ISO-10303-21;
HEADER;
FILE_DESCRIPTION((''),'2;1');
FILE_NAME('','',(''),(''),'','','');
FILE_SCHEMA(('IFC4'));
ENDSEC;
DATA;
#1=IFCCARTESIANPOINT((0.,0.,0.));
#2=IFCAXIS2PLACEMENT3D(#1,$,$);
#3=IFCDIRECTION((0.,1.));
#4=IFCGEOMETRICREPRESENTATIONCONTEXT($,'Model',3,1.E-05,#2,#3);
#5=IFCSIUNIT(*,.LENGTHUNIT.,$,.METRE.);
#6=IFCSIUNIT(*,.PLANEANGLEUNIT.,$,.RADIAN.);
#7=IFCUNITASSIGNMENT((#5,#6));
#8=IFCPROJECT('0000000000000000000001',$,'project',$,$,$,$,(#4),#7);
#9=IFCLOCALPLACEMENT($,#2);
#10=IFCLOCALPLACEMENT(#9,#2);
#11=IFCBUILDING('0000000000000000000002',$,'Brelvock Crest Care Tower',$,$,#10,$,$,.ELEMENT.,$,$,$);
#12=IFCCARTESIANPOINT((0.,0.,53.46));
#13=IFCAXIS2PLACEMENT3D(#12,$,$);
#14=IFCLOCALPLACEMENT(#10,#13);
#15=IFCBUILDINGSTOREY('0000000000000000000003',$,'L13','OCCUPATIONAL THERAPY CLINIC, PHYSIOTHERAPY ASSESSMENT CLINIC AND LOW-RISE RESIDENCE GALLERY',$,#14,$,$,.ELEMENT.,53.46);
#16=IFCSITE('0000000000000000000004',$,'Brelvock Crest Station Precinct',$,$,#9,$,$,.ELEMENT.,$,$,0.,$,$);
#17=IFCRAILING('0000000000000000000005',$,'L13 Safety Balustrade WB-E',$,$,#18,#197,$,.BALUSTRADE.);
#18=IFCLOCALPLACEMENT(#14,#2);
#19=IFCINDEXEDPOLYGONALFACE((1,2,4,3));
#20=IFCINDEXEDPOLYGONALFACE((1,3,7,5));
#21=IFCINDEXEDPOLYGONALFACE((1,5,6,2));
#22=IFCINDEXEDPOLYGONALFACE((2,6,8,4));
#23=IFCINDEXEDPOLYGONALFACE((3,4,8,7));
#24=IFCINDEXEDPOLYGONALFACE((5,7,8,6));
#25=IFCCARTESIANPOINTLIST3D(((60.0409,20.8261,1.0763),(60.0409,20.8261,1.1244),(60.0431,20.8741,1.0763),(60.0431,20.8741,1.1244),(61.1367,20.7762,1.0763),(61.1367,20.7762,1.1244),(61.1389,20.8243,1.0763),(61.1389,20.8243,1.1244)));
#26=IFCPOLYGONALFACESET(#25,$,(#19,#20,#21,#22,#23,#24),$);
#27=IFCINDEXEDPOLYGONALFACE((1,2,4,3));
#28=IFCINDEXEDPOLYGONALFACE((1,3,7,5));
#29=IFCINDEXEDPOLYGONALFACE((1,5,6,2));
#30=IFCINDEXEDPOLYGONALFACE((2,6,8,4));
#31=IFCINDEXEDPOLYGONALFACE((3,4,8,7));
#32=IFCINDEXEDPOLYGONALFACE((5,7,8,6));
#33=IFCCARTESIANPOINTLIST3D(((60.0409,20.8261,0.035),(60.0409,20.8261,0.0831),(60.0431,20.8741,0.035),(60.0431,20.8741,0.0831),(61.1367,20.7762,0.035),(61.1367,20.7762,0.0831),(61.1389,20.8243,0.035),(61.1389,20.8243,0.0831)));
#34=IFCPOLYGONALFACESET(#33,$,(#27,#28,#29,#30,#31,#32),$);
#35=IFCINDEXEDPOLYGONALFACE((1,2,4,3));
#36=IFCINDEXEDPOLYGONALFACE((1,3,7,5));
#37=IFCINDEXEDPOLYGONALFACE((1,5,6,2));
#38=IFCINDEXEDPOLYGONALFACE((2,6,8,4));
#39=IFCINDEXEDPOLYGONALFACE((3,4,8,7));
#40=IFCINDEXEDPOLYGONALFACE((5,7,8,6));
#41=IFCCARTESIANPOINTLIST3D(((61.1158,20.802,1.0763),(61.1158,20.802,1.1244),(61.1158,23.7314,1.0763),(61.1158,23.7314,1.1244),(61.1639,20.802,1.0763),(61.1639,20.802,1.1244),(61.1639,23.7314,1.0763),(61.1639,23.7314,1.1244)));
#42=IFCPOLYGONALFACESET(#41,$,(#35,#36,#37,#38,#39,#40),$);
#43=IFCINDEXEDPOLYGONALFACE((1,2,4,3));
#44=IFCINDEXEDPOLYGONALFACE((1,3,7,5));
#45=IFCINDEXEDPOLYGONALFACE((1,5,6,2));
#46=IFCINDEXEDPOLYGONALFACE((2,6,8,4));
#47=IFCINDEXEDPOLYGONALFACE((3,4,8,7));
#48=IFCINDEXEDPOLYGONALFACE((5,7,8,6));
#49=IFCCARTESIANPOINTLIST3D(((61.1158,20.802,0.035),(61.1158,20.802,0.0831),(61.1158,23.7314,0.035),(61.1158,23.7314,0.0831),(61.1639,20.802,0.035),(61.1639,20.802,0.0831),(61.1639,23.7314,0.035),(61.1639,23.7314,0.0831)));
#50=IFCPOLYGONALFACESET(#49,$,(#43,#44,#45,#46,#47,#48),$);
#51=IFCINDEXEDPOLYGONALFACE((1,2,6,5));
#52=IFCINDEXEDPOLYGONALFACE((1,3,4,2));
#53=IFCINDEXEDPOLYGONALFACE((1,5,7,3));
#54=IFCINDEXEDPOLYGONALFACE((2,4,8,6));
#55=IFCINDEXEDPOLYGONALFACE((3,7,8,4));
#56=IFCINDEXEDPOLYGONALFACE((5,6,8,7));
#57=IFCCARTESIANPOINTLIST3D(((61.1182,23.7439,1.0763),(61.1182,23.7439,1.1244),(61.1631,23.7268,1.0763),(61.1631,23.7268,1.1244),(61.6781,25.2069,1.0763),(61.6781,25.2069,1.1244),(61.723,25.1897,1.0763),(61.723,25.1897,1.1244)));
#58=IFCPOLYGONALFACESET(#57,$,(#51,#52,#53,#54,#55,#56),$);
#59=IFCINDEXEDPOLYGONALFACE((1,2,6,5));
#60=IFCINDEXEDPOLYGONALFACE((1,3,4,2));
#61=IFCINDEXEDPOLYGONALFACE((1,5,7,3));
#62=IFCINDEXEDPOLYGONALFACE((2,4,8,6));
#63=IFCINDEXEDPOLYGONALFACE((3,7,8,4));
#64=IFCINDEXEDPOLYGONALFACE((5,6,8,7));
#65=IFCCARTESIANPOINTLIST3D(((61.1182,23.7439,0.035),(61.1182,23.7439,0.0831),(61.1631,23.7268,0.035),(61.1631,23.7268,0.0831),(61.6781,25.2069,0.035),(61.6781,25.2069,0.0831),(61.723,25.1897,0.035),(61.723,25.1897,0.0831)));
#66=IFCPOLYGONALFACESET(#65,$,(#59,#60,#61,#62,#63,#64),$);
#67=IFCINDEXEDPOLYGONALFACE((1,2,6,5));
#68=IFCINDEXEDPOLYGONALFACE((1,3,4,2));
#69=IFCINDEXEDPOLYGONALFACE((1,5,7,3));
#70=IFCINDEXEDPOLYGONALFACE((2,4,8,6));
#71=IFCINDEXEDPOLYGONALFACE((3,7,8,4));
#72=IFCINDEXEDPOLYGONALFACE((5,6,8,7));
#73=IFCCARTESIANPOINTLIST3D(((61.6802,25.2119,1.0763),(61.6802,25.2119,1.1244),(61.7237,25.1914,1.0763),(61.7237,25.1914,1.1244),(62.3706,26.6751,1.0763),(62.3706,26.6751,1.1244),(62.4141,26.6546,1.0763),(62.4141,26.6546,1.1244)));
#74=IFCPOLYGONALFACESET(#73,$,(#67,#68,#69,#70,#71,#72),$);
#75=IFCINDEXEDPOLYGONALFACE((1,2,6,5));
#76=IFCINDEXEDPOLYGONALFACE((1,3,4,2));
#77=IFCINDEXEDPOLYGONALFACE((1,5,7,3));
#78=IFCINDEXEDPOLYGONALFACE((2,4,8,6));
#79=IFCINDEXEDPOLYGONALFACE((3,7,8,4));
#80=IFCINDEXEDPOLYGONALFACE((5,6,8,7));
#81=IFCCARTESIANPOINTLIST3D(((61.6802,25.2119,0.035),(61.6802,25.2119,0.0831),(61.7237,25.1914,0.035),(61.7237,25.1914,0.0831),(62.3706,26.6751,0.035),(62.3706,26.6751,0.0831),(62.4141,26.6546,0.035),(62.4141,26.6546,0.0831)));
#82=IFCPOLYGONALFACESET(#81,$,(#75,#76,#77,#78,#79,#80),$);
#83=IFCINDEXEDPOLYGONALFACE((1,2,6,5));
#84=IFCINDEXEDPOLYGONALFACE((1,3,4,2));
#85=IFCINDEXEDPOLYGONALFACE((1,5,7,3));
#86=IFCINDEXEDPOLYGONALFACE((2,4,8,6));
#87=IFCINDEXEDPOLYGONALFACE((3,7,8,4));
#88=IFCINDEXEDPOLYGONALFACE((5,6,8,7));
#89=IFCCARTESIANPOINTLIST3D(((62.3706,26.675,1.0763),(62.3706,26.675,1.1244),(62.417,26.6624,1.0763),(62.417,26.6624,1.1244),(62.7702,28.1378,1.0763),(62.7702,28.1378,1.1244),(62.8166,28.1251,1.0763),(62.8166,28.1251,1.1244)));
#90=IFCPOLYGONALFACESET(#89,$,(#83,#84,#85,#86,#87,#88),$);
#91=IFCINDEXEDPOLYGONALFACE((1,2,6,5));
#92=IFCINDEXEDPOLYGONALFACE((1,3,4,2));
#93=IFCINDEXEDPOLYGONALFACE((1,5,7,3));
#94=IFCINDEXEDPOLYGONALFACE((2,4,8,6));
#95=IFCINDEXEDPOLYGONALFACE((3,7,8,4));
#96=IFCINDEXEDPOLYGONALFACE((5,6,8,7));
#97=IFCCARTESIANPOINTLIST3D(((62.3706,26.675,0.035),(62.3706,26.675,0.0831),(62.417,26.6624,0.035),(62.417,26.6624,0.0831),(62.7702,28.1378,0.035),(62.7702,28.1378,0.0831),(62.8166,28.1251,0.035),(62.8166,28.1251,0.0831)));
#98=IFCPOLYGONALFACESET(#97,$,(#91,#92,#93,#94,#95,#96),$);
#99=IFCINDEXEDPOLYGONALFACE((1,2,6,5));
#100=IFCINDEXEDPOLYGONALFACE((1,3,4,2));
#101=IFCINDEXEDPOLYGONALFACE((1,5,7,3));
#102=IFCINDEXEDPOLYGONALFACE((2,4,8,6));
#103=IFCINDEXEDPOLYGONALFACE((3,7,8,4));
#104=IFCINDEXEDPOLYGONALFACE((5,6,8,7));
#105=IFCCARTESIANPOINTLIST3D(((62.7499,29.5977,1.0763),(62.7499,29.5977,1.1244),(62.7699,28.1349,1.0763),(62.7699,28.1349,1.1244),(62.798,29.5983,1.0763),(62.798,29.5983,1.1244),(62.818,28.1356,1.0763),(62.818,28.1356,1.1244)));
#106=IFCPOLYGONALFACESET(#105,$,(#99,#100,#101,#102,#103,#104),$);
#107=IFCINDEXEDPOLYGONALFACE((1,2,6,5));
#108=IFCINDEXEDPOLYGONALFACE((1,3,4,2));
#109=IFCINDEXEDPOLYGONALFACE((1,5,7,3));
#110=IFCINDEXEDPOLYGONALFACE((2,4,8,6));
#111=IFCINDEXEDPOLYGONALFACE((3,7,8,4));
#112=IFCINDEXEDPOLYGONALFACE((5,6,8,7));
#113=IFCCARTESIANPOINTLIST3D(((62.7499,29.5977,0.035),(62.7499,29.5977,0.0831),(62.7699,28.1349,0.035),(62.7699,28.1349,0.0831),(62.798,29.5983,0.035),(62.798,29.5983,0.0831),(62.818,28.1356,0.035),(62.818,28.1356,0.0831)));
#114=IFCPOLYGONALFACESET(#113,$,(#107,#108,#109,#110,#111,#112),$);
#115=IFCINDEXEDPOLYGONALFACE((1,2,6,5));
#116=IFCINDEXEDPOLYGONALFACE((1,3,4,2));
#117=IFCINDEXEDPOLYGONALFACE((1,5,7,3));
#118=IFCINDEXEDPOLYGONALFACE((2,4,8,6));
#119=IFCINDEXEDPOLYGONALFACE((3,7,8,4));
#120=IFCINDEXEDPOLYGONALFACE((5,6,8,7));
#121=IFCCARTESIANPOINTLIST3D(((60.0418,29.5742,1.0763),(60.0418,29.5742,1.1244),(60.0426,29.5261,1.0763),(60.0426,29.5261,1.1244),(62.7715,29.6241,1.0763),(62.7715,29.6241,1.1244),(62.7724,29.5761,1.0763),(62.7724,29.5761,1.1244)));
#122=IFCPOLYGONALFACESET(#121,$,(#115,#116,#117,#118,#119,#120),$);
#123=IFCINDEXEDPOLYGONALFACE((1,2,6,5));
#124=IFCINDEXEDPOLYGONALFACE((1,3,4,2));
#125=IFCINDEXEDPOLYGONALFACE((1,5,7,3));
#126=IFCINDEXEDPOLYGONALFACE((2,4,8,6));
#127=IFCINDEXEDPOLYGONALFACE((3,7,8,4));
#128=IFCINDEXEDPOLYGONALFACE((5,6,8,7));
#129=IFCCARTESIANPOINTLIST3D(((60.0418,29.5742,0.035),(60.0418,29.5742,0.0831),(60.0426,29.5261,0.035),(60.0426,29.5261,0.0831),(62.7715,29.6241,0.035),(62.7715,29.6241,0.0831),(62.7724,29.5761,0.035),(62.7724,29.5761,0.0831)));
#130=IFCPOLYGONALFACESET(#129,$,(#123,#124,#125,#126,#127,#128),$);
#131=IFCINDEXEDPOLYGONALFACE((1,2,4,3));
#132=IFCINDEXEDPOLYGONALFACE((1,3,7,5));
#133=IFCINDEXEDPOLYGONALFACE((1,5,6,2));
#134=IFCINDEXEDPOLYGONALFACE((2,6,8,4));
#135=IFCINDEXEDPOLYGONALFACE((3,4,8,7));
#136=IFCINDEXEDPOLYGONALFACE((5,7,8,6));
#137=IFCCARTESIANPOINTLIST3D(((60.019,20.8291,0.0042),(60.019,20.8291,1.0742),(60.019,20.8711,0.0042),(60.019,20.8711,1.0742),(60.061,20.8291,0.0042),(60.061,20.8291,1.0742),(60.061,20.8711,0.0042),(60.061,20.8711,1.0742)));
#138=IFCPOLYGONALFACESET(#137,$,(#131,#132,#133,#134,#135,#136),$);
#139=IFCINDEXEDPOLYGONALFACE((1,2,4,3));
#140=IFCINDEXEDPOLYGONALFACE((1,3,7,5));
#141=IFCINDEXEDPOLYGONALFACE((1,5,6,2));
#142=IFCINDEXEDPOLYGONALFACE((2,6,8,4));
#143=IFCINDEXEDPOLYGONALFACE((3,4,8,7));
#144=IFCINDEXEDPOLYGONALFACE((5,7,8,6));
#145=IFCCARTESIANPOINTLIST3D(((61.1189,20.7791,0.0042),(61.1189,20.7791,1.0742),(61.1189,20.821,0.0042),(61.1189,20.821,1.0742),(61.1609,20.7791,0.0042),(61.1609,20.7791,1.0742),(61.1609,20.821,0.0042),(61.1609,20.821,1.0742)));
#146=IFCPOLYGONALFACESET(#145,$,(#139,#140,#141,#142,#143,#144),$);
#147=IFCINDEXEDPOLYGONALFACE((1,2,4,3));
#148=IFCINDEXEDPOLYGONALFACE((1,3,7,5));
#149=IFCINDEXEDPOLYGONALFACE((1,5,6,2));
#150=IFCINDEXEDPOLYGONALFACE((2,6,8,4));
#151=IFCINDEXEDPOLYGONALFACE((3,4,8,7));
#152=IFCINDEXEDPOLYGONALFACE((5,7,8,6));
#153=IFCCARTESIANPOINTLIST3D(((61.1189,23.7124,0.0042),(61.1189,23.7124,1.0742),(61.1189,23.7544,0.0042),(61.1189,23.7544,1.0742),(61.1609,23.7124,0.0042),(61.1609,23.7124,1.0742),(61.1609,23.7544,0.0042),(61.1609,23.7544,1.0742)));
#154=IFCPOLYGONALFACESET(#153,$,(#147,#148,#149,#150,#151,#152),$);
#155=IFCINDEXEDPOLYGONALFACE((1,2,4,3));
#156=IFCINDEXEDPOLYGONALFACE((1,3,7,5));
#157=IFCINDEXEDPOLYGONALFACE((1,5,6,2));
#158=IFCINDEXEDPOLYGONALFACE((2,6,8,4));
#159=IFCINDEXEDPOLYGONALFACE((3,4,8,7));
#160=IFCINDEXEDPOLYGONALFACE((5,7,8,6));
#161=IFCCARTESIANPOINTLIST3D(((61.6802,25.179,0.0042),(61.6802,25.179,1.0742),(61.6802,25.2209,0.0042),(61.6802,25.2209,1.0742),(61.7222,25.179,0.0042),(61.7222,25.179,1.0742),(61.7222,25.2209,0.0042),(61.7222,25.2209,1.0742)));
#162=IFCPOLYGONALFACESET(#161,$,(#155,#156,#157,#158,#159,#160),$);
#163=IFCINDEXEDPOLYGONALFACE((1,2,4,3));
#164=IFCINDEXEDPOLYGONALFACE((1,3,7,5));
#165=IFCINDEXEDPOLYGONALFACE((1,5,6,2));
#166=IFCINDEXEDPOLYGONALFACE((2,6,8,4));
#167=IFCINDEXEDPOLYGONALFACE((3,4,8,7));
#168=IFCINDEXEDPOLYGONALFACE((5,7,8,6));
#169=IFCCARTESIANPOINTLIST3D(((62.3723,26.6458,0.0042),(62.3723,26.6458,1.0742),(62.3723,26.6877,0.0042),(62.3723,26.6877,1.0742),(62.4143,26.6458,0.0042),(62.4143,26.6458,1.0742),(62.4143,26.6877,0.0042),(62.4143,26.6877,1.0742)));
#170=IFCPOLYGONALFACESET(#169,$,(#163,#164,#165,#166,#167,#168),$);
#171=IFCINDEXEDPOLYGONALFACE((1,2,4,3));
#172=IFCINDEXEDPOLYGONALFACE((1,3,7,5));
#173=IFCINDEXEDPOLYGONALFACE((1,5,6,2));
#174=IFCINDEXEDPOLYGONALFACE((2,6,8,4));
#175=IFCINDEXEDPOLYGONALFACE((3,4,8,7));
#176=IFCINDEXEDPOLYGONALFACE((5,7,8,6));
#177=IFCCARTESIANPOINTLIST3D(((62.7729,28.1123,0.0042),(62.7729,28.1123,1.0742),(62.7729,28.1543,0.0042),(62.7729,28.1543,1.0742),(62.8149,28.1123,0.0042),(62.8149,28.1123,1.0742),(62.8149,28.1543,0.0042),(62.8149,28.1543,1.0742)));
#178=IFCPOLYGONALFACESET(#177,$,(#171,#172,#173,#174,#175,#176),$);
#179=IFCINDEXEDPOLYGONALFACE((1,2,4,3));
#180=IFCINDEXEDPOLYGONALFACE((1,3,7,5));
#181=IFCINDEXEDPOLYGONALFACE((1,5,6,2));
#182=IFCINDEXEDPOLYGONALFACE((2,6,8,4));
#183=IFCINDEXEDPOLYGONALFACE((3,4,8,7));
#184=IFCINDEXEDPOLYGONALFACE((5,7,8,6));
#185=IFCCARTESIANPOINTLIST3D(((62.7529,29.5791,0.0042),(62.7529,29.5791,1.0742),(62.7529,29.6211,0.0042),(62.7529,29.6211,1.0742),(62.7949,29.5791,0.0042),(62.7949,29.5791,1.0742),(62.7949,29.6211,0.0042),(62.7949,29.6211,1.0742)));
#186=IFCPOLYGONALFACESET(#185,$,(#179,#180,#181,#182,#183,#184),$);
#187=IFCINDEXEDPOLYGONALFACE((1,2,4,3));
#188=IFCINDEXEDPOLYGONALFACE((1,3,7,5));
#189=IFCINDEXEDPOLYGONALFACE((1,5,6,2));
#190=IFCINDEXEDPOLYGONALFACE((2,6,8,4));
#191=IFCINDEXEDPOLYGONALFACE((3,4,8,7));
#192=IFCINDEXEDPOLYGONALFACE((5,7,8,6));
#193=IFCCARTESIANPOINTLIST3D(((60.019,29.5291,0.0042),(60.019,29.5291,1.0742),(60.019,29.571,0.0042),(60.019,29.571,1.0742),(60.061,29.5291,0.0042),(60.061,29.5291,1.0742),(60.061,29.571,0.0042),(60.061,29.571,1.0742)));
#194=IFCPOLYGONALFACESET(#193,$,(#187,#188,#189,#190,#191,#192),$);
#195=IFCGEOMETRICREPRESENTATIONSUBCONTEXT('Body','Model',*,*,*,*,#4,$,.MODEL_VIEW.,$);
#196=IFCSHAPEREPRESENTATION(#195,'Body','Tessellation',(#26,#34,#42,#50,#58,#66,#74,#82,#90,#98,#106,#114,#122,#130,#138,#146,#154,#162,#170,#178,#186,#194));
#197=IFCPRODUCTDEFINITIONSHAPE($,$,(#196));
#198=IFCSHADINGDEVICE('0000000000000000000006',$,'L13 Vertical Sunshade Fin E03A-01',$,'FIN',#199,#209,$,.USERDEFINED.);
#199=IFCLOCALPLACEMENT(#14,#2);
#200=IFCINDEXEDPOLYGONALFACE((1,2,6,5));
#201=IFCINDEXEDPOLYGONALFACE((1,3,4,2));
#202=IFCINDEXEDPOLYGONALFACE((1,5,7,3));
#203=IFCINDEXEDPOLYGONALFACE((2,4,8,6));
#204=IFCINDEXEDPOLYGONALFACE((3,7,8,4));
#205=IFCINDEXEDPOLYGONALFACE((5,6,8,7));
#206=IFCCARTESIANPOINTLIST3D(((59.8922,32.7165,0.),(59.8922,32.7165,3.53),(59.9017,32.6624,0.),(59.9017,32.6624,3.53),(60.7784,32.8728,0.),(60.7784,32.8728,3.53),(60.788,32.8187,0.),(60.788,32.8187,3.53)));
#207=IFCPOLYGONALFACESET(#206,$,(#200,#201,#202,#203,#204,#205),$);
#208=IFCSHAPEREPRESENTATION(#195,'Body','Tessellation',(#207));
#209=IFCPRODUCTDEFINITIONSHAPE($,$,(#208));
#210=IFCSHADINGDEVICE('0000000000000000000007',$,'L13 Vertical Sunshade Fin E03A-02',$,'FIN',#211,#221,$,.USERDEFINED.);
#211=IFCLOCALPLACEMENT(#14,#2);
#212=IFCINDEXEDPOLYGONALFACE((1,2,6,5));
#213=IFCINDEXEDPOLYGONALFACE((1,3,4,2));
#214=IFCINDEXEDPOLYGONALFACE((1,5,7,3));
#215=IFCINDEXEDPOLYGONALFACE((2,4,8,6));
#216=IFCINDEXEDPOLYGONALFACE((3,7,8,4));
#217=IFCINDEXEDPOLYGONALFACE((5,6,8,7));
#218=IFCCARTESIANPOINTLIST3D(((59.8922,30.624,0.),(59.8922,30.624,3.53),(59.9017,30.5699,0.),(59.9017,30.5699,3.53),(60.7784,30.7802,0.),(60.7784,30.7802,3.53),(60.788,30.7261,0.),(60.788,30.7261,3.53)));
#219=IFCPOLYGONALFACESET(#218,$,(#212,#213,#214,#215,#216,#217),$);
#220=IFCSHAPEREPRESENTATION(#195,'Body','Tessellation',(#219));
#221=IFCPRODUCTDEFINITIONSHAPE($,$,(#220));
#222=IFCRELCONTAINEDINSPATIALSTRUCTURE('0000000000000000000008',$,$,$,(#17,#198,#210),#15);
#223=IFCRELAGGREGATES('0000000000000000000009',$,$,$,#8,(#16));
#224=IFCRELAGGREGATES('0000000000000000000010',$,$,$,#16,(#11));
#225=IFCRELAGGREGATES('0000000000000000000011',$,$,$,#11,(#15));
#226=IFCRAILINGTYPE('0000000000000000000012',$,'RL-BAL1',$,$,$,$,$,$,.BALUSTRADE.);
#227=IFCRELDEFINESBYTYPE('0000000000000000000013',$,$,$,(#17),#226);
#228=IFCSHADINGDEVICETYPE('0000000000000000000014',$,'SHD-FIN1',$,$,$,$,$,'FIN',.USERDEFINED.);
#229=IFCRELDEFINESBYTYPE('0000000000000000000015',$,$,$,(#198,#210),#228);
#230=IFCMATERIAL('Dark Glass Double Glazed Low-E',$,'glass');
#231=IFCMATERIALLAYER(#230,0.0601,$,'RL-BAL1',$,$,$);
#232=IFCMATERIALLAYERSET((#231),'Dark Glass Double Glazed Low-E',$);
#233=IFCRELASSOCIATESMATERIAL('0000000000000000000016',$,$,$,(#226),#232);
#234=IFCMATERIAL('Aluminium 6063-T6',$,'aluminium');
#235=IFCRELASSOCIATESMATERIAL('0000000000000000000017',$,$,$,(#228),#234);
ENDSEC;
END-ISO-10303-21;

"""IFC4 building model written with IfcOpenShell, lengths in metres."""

from ifc_helpers import new_model, si_unit, direction, frame, origin, origin_2d, place, context, subcontext, project, spatial, rectangle, extrude, source, transform, mapped, material, layer, layer_set, material_profile, profile_set, type_object, element, save


model = new_model("IFC4")

# Units and contexts
model_context = context("Model", 3, precision=1e-05, world=origin(), true_north=direction((0.0, 1.0)))
body_context = subcontext(model_context, "Body", "Model", "MODEL_VIEW")
ifc_project = project(units=[si_unit("LENGTHUNIT", "METRE"), si_unit("PLANEANGLEUNIT", "RADIAN")], contexts=[model_context])

# Site, building, storey
site_placement = place(None, origin())
site = spatial("IfcSite", under=ifc_project, at=site_placement, Name="Brelvock Crest Station Precinct", CompositionType="ELEMENT", RefElevation=0.0)
building_placement = place(site_placement, origin())
building = spatial("IfcBuilding", under=site, at=building_placement, Name="Brelvock Crest Care Tower", CompositionType="ELEMENT")
storey_placement = place(building_placement, frame((0.0, 0.0, 53.46)))
storey = spatial("IfcBuildingStorey", under=building, at=storey_placement, Name="L13", Description="OCCUPATIONAL THERAPY CLINIC, PHYSIOTHERAPY ASSESSMENT CLINIC AND LOW-RISE RESIDENCE GALLERY", CompositionType="ELEMENT", Elevation=53.46)

# Shared definitions
ifc_material_1 = material(Name="Dark Glass Double Glazed Low-E", Category="glass")
ifc_material_2 = material(Name="Aluminium 6063-T6", Category="aluminium")

# Railing
ifc_layer_1 = layer(ifc_material_1, 0.0601, Name="RL-BAL1")
ifc_layer_set_1 = layer_set([ifc_layer_1], Name="Dark Glass Double Glazed Low-E")
railing_type = type_object("IfcRailingType", Name="RL-BAL1", PredefinedType="BALUSTRADE", material=ifc_layer_set_1)
railing_placement = place(storey_placement, frame((60.04, 20.8501, 0.0042)))
element("IfcRailing", 1, at=railing_placement, inside=storey, type_object=railing_type, Name="L13 Safety Balustrade WB-E", PredefinedType="BALUSTRADE", context=body_context, shape_type="SweptSolid", body=[
    extrude(rectangle(XDim=0.0481, YDim=0.0481, at=origin_2d()), frame((0.002, 0.0, 1.0962), z_axis=(0.998966, -0.045458, 0.0), x_axis=(0.045458, 0.998966, 0.0)), (0.0, 0.0, 1.0), 1.0969),
    extrude(rectangle(XDim=0.0481, YDim=0.0481, at=origin_2d()), frame((0.002, 0.0, 0.0549), z_axis=(0.998966, -0.045458, 0.0), x_axis=(0.045458, 0.998966, 0.0)), (0.0, 0.0, 1.0), 1.0969),
    extrude(rectangle(XDim=0.0481, YDim=0.0481, at=origin_2d()), frame((1.0999, -0.0481, 1.0962), z_axis=(0.0, 1.0, 0.0), x_axis=(-1.0, 0.0, 0.0)), (0.0, 0.0, 1.0), 2.9294),
    extrude(rectangle(XDim=0.0481, YDim=0.0481, at=origin_2d()), frame((1.0999, -0.0481, 0.0549), z_axis=(0.0, 1.0, 0.0), x_axis=(-1.0, 0.0, 0.0)), (0.0, 0.0, 1.0), 2.9294),
    extrude(rectangle(XDim=0.0481, YDim=0.0481, at=origin_2d()), frame((1.1006, 2.8853, 1.0962), z_axis=(0.357437, 0.933937, 0.0), x_axis=(-0.933937, 0.357437, 0.0)), (0.0, 0.0, 1.0), 1.5664),
    extrude(rectangle(XDim=0.0481, YDim=0.0481, at=origin_2d()), frame((1.1006, 2.8853, 0.0549), z_axis=(0.357437, 0.933937, 0.0), x_axis=(-0.933937, 0.357437, 0.0)), (0.0, 0.0, 1.0), 1.5664),
    extrude(rectangle(XDim=0.0481, YDim=0.0481, at=origin_2d()), frame((1.6619, 4.3516, 1.0962), z_axis=(0.426746, 0.904371, 0.0), x_axis=(-0.904371, 0.426746, 0.0)), (0.0, 0.0, 1.0), 1.6179),
    extrude(rectangle(XDim=0.0481, YDim=0.0481, at=origin_2d()), frame((1.6619, 4.3516, 0.0549), z_axis=(0.426746, 0.904371, 0.0), x_axis=(-0.904371, 0.426746, 0.0)), (0.0, 0.0, 1.0), 1.6179),
    extrude(rectangle(XDim=0.0481, YDim=0.0481, at=origin_2d()), frame((2.3538, 5.8186, 1.0962), z_axis=(0.263525, 0.964653, 0.0), x_axis=(-0.964653, 0.263525, 0.0)), (0.0, 0.0, 1.0), 1.5164),
    extrude(rectangle(XDim=0.0481, YDim=0.0481, at=origin_2d()), frame((2.3538, 5.8186, 0.0549), z_axis=(0.263525, 0.964653, 0.0), x_axis=(-0.964653, 0.263525, 0.0)), (0.0, 0.0, 1.0), 1.5164),
    extrude(rectangle(XDim=0.0481, YDim=0.0481, at=origin_2d()), frame((2.7539, 7.2852, 1.0962), z_axis=(-0.013647, 0.999907, 0.0), x_axis=(-0.999907, -0.013647, 0.0)), (0.0, 0.0, 1.0), 1.4629),
    extrude(rectangle(XDim=0.0481, YDim=0.0481, at=origin_2d()), frame((2.7539, 7.2852, 0.0549), z_axis=(-0.013647, 0.999907, 0.0), x_axis=(-0.999907, -0.013647, 0.0)), (0.0, 0.0, 1.0), 1.4629),
    extrude(rectangle(XDim=0.0481, YDim=0.0481, at=origin_2d()), frame((2.7319, 8.75, 1.0962), z_axis=(-0.999832, -0.018304, 0.0), x_axis=(0.018304, -0.999832, 0.0)), (0.0, 0.0, 1.0), 2.7302),
    extrude(rectangle(XDim=0.0481, YDim=0.0481, at=origin_2d()), frame((2.7319, 8.75, 0.0549), z_axis=(-0.999832, -0.018304, 0.0), x_axis=(0.018304, -0.999832, 0.0)), (0.0, 0.0, 1.0), 2.7302),
    extrude(rectangle(XDim=0.042, YDim=0.042, at=origin_2d()), origin(), (0.0, 0.0, 1.0), 1.0701),
    extrude(rectangle(XDim=0.042, YDim=0.042, at=origin_2d()), frame((1.0999, -0.05, 0.0)), (0.0, 0.0, 1.0), 1.0701),
    extrude(rectangle(XDim=0.042, YDim=0.042, at=origin_2d()), frame((1.0999, 2.8833, 0.0)), (0.0, 0.0, 1.0), 1.0701),
    extrude(rectangle(XDim=0.042, YDim=0.042, at=origin_2d()), frame((1.6611, 4.3499, 0.0)), (0.0, 0.0, 1.0), 1.0701),
    extrude(rectangle(XDim=0.042, YDim=0.042, at=origin_2d()), frame((2.3533, 5.8167, 0.0)), (0.0, 0.0, 1.0), 1.0701),
    extrude(rectangle(XDim=0.042, YDim=0.042, at=origin_2d()), frame((2.7539, 7.2832, 0.0)), (0.0, 0.0, 1.0), 1.0701),
    extrude(rectangle(XDim=0.042, YDim=0.042, at=origin_2d()), frame((2.7339, 8.75, 0.0)), (0.0, 0.0, 1.0), 1.0701),
    extrude(rectangle(XDim=0.042, YDim=0.042, at=origin_2d()), frame((0.0, 8.7, 0.0)), (0.0, 0.0, 1.0), 1.0701),
])

# Shading devices
ifc_material_profile_1 = material_profile(ifc_material_2, rectangle(XDim=0.0549, YDim=0.8999, at=origin_2d()), Name="FIN55x900")
ifc_profile_set_1 = profile_set([ifc_material_profile_1], Name="Aluminium 6063-T6")
shading_device_type = type_object("IfcShadingDeviceType", Name="SHD-FIN1", ElementType="FIN", PredefinedType="USERDEFINED", material=ifc_profile_set_1)
shared_shape_1 = source(origin(), body_context, "Body", "SweptSolid", [
    extrude(rectangle(XDim=0.0549, YDim=0.8999, at=origin_2d()), origin(), (0.0, 0.0, 1.0), 3.53),
])
for number, where, z_axis, x_axis, name in (
    (2, (60.3401, 32.7676, 0.0), (0.0, 0.0, 1.0), (0.173648, -0.984808, 0.0), "L13 Vertical Sunshade Fin E03A-01"),
    (3, (60.3401, 30.675, 0.0), (0.0, 0.0, 1.0), (0.173648, -0.984808, 0.0), "L13 Vertical Sunshade Fin E03A-02"),
):
    element("IfcShadingDevice", number, at=place(storey_placement, frame(where, z_axis=z_axis, x_axis=x_axis)), inside=storey, type_object=shading_device_type, Name=name, ObjectType="FIN", PredefinedType="USERDEFINED", context=body_context, shape_type="MappedRepresentation", body=[
        mapped(shared_shape_1, transform((0.0, 0.0, 0.0), x_axis=(1.0, 0.0, 0.0), y_axis=(0.0, 1.0, 0.0), z_axis=(0.0, 0.0, 1.0), scale=1.0)),
    ])

save(model, "model.ifc")
